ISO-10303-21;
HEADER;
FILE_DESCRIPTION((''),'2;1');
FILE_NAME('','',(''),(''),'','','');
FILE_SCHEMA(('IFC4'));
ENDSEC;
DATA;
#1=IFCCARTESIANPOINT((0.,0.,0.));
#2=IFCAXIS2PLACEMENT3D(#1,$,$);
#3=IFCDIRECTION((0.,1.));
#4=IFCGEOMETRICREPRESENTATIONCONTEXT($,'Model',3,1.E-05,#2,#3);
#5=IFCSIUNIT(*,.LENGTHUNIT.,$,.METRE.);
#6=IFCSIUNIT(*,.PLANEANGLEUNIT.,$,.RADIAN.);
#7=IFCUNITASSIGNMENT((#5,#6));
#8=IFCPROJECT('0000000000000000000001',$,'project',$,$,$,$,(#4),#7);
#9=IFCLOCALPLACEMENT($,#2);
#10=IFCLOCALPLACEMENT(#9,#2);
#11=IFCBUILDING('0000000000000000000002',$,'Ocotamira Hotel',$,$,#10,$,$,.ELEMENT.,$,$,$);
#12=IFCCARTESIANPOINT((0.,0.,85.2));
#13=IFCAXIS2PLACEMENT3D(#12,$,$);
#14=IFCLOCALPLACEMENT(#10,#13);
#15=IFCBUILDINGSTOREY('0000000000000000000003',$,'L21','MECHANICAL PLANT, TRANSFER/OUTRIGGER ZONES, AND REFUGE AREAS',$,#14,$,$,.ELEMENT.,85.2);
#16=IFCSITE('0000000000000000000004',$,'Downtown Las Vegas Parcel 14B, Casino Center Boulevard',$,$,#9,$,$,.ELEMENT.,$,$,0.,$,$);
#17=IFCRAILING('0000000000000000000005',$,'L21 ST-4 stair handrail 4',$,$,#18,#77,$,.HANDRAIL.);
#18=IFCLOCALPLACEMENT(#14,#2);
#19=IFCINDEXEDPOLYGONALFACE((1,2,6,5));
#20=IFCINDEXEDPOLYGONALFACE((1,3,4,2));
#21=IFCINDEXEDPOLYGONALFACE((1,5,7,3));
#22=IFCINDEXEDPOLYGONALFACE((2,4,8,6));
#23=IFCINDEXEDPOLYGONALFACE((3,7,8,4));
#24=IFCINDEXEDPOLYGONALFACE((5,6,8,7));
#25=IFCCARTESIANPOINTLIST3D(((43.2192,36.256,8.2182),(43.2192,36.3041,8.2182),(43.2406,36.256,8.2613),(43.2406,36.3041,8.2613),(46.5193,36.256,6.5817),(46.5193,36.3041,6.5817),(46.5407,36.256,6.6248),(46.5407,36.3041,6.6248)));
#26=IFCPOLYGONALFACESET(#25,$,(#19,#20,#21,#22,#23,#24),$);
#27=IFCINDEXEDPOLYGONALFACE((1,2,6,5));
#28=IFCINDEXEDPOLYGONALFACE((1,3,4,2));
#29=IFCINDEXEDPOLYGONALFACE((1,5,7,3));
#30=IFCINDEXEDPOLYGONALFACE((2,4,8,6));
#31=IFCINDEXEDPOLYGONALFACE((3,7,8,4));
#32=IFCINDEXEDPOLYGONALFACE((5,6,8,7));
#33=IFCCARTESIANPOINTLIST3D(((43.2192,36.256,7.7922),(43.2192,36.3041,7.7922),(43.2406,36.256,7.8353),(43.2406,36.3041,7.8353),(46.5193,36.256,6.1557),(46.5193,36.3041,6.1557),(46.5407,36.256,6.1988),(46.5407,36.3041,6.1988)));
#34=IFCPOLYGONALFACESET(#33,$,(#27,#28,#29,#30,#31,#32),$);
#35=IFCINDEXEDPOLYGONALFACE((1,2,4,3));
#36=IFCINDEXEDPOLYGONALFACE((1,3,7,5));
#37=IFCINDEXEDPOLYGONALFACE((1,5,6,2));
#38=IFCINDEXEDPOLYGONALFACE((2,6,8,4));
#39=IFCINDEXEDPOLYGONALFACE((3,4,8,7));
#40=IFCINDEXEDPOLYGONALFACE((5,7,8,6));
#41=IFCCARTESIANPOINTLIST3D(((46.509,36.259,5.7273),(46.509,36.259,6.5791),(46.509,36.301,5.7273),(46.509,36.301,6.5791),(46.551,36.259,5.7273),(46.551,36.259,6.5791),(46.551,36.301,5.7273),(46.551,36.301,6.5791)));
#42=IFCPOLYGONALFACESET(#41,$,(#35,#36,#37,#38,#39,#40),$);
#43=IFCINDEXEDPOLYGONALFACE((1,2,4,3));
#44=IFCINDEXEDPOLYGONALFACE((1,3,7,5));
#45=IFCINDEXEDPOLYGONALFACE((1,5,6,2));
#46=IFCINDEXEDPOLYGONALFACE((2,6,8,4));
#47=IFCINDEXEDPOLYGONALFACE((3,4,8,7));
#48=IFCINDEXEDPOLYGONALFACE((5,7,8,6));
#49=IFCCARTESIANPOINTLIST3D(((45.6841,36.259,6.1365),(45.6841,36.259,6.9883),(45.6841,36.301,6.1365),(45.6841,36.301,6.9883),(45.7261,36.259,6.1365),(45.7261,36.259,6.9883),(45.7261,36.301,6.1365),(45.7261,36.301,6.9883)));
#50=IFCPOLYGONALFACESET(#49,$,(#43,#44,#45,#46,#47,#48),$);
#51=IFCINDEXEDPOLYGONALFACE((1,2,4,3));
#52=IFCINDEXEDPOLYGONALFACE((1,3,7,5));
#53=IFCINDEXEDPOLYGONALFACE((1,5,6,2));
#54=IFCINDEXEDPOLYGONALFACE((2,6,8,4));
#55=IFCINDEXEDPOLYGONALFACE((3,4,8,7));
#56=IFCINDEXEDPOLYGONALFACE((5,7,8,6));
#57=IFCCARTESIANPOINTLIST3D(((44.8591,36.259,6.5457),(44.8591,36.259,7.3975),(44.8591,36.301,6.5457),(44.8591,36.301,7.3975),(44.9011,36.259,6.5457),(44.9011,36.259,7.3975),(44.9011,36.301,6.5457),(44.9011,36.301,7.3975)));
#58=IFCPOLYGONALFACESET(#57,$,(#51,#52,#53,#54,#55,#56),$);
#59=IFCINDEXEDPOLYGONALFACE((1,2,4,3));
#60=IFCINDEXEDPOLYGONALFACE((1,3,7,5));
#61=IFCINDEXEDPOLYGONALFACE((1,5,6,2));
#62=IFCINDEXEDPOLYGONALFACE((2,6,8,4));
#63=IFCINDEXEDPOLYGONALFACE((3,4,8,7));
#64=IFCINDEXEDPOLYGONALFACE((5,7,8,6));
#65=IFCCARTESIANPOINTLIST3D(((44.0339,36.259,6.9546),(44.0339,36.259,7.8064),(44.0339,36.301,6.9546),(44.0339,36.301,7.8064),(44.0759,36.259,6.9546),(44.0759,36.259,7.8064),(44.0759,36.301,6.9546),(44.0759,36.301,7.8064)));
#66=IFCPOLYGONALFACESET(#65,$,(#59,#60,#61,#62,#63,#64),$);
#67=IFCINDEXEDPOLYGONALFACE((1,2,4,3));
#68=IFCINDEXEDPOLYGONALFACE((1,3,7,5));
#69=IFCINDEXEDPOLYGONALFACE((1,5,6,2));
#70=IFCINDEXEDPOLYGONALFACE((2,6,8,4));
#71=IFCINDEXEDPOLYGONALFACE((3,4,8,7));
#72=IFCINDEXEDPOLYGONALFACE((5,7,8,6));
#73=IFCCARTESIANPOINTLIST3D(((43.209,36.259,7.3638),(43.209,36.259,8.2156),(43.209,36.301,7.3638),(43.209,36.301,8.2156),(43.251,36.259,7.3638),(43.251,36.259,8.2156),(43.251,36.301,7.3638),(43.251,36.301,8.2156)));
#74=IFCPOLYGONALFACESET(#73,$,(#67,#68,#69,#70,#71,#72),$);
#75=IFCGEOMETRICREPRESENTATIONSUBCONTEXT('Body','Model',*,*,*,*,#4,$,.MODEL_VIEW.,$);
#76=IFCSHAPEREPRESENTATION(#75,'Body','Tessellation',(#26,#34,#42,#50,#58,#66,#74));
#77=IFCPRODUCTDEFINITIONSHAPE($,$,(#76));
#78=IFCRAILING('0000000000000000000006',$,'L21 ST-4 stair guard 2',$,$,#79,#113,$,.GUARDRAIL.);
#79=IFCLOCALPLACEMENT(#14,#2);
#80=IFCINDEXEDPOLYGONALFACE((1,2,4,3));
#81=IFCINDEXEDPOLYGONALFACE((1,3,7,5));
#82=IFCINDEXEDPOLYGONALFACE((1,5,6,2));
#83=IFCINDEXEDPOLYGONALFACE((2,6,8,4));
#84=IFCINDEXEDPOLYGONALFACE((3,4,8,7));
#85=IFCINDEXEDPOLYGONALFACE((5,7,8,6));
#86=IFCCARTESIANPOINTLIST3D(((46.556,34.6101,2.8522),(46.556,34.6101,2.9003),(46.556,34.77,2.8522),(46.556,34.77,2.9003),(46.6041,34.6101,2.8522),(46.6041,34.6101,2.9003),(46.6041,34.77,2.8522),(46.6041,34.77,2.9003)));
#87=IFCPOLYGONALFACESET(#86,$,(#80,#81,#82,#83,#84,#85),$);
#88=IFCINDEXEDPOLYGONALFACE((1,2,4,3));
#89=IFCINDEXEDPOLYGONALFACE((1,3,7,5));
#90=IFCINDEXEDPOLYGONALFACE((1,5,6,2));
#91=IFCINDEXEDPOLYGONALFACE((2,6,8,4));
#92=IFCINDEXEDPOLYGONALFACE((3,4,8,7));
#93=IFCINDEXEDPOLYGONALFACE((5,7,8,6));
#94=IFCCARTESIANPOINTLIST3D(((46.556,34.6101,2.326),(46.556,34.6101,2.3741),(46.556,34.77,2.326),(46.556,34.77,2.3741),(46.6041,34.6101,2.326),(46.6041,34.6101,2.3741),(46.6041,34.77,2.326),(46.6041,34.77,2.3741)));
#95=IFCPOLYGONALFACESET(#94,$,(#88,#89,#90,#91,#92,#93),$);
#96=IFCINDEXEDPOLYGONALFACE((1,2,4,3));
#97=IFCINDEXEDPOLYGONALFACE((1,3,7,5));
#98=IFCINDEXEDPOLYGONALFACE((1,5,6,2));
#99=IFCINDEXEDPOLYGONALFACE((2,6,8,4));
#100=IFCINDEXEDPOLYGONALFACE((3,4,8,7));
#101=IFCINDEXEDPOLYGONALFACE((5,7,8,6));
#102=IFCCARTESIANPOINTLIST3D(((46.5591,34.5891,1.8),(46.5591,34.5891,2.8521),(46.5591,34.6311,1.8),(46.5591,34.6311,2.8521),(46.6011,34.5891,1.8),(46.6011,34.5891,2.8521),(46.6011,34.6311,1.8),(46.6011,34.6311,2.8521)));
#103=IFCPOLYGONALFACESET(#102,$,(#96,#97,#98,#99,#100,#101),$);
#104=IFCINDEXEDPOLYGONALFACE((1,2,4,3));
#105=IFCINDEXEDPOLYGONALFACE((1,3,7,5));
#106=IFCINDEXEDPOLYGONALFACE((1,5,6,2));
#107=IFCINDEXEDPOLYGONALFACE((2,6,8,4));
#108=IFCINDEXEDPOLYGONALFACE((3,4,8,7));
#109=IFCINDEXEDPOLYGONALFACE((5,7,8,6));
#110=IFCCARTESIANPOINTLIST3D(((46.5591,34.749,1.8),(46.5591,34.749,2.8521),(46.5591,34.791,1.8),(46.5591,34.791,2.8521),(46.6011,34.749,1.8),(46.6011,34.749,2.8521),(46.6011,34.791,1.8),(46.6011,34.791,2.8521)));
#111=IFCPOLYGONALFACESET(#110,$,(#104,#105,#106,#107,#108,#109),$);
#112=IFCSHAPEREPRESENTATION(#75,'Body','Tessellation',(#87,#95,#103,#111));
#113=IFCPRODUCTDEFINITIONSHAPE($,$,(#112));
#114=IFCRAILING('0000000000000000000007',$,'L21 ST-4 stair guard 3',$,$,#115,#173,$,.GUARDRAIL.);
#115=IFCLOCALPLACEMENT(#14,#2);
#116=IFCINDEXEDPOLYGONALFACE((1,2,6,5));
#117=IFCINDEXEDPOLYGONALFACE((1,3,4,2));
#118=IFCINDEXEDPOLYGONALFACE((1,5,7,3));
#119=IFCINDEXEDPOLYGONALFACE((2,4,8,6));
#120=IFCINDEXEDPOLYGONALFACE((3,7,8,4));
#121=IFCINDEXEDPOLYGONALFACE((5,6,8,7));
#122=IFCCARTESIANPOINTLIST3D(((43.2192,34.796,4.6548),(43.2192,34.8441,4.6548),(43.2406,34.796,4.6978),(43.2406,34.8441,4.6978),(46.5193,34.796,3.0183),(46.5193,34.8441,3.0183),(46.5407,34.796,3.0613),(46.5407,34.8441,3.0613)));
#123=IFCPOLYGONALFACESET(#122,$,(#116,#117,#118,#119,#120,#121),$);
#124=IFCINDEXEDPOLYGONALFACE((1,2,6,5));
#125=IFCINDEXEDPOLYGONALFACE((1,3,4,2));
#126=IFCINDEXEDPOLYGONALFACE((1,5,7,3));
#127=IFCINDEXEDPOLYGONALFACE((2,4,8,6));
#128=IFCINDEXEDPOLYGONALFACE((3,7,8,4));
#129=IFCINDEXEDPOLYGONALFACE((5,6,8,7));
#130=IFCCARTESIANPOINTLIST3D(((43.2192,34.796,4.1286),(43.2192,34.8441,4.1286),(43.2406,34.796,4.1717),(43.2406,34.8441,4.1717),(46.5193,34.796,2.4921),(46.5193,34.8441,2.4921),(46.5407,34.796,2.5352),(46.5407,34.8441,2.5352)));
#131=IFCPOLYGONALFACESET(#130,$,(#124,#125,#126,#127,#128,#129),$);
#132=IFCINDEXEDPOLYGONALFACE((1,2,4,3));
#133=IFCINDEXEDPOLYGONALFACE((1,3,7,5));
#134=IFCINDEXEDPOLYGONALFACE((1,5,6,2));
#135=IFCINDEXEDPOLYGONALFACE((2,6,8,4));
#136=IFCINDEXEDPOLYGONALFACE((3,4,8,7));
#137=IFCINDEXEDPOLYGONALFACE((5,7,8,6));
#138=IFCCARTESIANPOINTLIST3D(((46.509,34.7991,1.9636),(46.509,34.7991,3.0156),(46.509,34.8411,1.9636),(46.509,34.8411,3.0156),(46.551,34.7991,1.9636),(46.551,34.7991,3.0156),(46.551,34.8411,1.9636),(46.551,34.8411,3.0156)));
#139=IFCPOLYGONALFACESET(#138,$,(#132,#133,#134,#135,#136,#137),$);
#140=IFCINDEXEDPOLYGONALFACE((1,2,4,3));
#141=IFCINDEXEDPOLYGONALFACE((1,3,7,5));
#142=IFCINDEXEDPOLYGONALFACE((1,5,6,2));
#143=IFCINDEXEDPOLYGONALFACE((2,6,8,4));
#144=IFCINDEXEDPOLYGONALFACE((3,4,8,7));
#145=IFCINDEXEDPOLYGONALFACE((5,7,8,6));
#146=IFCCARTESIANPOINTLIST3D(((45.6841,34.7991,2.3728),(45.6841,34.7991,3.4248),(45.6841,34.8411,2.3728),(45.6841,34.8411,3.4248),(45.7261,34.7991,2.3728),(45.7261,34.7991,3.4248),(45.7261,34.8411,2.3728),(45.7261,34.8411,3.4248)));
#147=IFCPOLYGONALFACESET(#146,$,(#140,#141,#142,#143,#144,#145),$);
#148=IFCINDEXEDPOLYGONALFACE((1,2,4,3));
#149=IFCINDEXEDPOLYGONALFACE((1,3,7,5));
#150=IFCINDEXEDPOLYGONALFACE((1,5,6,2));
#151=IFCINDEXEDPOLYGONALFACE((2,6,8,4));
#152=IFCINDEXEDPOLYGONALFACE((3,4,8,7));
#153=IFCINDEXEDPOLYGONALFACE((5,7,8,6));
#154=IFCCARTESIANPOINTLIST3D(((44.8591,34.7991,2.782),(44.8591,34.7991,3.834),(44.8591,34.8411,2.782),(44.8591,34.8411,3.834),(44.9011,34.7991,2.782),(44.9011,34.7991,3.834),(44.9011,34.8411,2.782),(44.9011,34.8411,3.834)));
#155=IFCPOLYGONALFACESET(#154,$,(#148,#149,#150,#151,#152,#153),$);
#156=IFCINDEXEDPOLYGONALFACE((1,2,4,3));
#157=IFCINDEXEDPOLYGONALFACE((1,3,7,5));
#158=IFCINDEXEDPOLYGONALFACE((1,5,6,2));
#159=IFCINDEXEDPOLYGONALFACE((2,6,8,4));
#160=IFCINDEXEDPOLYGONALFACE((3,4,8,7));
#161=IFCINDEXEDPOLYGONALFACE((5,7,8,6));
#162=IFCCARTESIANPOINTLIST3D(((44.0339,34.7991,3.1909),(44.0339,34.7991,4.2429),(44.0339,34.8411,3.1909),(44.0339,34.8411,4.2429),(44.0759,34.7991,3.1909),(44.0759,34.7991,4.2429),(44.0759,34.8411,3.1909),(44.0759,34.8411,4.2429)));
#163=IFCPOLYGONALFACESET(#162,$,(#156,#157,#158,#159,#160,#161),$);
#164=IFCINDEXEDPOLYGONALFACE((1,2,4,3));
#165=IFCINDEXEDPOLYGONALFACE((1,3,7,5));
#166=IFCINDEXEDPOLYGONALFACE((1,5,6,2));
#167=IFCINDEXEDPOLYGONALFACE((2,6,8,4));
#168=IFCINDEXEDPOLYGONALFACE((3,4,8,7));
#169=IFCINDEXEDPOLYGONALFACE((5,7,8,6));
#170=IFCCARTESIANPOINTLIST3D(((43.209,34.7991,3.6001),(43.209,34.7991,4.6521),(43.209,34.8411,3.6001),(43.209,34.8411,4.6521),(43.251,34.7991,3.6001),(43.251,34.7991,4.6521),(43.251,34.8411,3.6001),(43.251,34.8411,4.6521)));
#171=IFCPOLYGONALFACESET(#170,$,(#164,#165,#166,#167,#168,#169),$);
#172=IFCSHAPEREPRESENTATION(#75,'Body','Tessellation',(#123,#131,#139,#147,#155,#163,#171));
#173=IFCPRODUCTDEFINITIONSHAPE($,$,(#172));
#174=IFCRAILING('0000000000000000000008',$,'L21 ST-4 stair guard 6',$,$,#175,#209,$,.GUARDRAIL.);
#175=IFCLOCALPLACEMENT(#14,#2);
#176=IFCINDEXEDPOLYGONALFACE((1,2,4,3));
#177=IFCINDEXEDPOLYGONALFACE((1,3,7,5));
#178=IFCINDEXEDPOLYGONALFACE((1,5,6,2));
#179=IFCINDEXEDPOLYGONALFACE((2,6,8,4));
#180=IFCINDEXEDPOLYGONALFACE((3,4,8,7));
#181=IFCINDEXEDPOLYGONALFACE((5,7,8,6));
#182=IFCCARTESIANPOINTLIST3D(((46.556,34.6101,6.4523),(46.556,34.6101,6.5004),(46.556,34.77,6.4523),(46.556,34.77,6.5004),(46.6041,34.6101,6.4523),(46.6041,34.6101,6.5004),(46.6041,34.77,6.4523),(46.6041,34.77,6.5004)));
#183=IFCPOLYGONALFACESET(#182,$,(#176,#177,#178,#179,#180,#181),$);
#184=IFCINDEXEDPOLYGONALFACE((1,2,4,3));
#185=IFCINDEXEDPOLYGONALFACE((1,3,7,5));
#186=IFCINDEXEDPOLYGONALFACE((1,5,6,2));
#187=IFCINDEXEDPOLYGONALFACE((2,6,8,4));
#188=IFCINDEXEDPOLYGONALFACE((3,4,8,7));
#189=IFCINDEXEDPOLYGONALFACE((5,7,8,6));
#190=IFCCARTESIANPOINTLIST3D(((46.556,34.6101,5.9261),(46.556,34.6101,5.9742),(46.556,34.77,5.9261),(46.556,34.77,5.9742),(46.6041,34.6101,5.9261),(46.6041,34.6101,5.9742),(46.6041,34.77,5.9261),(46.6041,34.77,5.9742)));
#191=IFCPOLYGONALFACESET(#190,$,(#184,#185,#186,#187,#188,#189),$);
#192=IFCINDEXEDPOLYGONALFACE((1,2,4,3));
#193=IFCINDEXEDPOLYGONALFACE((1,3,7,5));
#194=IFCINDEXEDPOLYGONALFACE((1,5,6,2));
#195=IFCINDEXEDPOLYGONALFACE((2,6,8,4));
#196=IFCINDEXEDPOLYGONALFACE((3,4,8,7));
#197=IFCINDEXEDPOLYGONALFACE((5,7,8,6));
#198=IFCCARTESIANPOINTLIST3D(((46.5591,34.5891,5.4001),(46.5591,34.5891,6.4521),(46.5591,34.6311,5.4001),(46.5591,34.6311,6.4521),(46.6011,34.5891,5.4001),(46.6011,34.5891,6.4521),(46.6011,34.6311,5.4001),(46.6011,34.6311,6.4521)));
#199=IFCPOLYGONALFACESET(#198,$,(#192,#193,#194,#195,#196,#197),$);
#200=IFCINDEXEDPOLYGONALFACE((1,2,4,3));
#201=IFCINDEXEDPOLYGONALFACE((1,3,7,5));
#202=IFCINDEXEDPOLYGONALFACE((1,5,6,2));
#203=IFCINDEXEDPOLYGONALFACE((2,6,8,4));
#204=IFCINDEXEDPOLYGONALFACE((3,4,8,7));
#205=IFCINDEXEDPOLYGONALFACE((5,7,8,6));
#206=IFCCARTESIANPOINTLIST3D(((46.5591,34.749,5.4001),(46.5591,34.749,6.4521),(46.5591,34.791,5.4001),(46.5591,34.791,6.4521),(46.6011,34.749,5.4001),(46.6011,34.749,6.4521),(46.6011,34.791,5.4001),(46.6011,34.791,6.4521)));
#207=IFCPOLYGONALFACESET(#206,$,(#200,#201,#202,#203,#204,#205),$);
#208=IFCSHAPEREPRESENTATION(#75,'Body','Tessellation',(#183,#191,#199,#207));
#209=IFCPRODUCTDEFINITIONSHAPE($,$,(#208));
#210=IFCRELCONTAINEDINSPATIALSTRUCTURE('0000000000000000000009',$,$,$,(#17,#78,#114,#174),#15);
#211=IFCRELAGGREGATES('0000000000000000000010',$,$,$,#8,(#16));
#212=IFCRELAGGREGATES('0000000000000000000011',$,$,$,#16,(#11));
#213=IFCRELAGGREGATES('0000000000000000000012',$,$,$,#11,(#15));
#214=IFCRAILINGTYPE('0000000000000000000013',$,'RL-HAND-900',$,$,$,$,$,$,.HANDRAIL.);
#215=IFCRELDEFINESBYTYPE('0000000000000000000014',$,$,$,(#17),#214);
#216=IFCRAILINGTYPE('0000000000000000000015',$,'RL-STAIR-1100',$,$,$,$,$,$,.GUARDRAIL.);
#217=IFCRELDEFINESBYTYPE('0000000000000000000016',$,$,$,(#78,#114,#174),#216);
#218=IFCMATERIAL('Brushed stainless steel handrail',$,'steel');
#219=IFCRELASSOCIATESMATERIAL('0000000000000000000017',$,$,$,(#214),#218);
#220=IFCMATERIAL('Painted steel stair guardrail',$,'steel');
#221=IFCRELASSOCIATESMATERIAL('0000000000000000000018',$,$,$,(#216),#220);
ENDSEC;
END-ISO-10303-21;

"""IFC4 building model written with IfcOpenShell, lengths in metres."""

from ifc_helpers import new_model, si_unit, direction, frame, origin, origin_2d, place, context, subcontext, project, spatial, rectangle, extrude, material, type_object, element, save


model = new_model("IFC4")

# Units and contexts
model_context = context("Model", 3, precision=1e-05, world=origin(), true_north=direction((0.0, 1.0)))
body_context = subcontext(model_context, "Body", "Model", "MODEL_VIEW")
ifc_project = project(units=[si_unit("LENGTHUNIT", "METRE"), si_unit("PLANEANGLEUNIT", "RADIAN")], contexts=[model_context])

# Site, building, storey
site_placement = place(None, origin())
site = spatial("IfcSite", under=ifc_project, at=site_placement, Name="Downtown Las Vegas Parcel 14B, Casino Center Boulevard", CompositionType="ELEMENT", RefElevation=0.0)
building_placement = place(site_placement, origin())
building = spatial("IfcBuilding", under=site, at=building_placement, Name="Ocotamira Hotel", CompositionType="ELEMENT")
storey_placement = place(building_placement, frame((0.0, 0.0, 85.2)))
storey = spatial("IfcBuildingStorey", under=building, at=storey_placement, Name="L21", Description="MECHANICAL PLANT, TRANSFER/OUTRIGGER ZONES, AND REFUGE AREAS", CompositionType="ELEMENT", Elevation=85.2)

# Railings
ifc_material_1 = material(Name="Brushed stainless steel handrail", Category="steel")
railing_type_1 = type_object("IfcRailingType", Name="RL-HAND-900", PredefinedType="HANDRAIL", material=ifc_material_1)
railing_1_placement = place(storey_placement, frame((46.53, 36.28, 5.7273)))
element("IfcRailing", 1, at=railing_1_placement, inside=storey, type_object=railing_type_1, Name="L21 ST-4 stair handrail 4", PredefinedType="HANDRAIL", context=body_context, shape_type="SweptSolid", body=[
    extrude(rectangle(XDim=0.0481, YDim=0.0481, at=origin_2d()), frame((0.0, 0.0, 0.876), z_axis=(-0.895894, 0.0, 0.444268), x_axis=(0.0, -1.0, 0.0)), (0.0, 0.0, 1.0), 3.6836),
    extrude(rectangle(XDim=0.0481, YDim=0.0481, at=origin_2d()), frame((0.0, 0.0, 0.45), z_axis=(-0.895894, 0.0, 0.444268), x_axis=(0.0, -1.0, 0.0)), (0.0, 0.0, 1.0), 3.6836),
    extrude(rectangle(XDim=0.042, YDim=0.042, at=origin_2d()), origin(), (0.0, 0.0, 1.0), 0.8518),
    extrude(rectangle(XDim=0.042, YDim=0.042, at=origin_2d()), frame((-0.825, 0.0, 0.4092)), (0.0, 0.0, 1.0), 0.8518),
    extrude(rectangle(XDim=0.042, YDim=0.042, at=origin_2d()), frame((-1.6499, 0.0, 0.8184)), (0.0, 0.0, 1.0), 0.8518),
    extrude(rectangle(XDim=0.042, YDim=0.042, at=origin_2d()), frame((-2.4751, 0.0, 1.2273)), (0.0, 0.0, 1.0), 0.8518),
    extrude(rectangle(XDim=0.042, YDim=0.042, at=origin_2d()), frame((-3.3, 0.0, 1.6365)), (0.0, 0.0, 1.0), 0.8518),
])
ifc_material_2 = material(Name="Painted steel stair guardrail", Category="steel")
railing_type_2 = type_object("IfcRailingType", Name="RL-STAIR-1100", PredefinedType="GUARDRAIL", material=ifc_material_2)
railing_2_placement = place(storey_placement, frame((46.5801, 34.6101, 1.8)))
element("IfcRailing", 2, at=railing_2_placement, inside=storey, type_object=railing_type_2, Name="L21 ST-4 stair guard 2", PredefinedType="GUARDRAIL", context=body_context, shape_type="SweptSolid", body=[
    extrude(rectangle(XDim=0.0481, YDim=0.0481, at=origin_2d()), frame((0.0, 0.0, 1.0762), z_axis=(0.0, 1.0, 0.0), x_axis=(-1.0, 0.0, 0.0)), (0.0, 0.0, 1.0), 0.1599),
    extrude(rectangle(XDim=0.0481, YDim=0.0481, at=origin_2d()), frame((0.0, 0.0, 0.55), z_axis=(0.0, 1.0, 0.0), x_axis=(-1.0, 0.0, 0.0)), (0.0, 0.0, 1.0), 0.1599),
    extrude(rectangle(XDim=0.042, YDim=0.042, at=origin_2d()), origin(), (0.0, 0.0, 1.0), 1.052),
    extrude(rectangle(XDim=0.042, YDim=0.042, at=origin_2d()), frame((0.0, 0.1599, 0.0)), (0.0, 0.0, 1.0), 1.052),
])
railing_3_placement = place(storey_placement, frame((46.53, 34.8201, 1.9636)))
element("IfcRailing", 3, at=railing_3_placement, inside=storey, type_object=railing_type_2, Name="L21 ST-4 stair guard 3", PredefinedType="GUARDRAIL", context=body_context, shape_type="SweptSolid", body=[
    extrude(rectangle(XDim=0.0481, YDim=0.0481, at=origin_2d()), frame((0.0, 0.0, 1.0762), z_axis=(-0.895894, 0.0, 0.444268), x_axis=(0.0, -1.0, 0.0)), (0.0, 0.0, 1.0), 3.6836),
    extrude(rectangle(XDim=0.0481, YDim=0.0481, at=origin_2d()), frame((0.0, 0.0, 0.55), z_axis=(-0.895894, 0.0, 0.444268), x_axis=(0.0, -1.0, 0.0)), (0.0, 0.0, 1.0), 3.6836),
    extrude(rectangle(XDim=0.042, YDim=0.042, at=origin_2d()), origin(), (0.0, 0.0, 1.0), 1.052),
    extrude(rectangle(XDim=0.042, YDim=0.042, at=origin_2d()), frame((-0.825, 0.0, 0.4092)), (0.0, 0.0, 1.0), 1.052),
    extrude(rectangle(XDim=0.042, YDim=0.042, at=origin_2d()), frame((-1.6499, 0.0, 0.8184)), (0.0, 0.0, 1.0), 1.052),
    extrude(rectangle(XDim=0.042, YDim=0.042, at=origin_2d()), frame((-2.4751, 0.0, 1.2273)), (0.0, 0.0, 1.0), 1.052),
    extrude(rectangle(XDim=0.042, YDim=0.042, at=origin_2d()), frame((-3.3, 0.0, 1.6365)), (0.0, 0.0, 1.0), 1.052),
])
railing_4_placement = place(storey_placement, frame((46.5801, 34.6101, 5.4001)))
element("IfcRailing", 4, at=railing_4_placement, inside=storey, type_object=railing_type_2, Name="L21 ST-4 stair guard 6", PredefinedType="GUARDRAIL", context=body_context, shape_type="SweptSolid", body=[
    extrude(rectangle(XDim=0.0481, YDim=0.0481, at=origin_2d()), frame((0.0, 0.0, 1.0762), z_axis=(0.0, 1.0, 0.0), x_axis=(-1.0, 0.0, 0.0)), (0.0, 0.0, 1.0), 0.1599),
    extrude(rectangle(XDim=0.0481, YDim=0.0481, at=origin_2d()), frame((0.0, 0.0, 0.55), z_axis=(0.0, 1.0, 0.0), x_axis=(-1.0, 0.0, 0.0)), (0.0, 0.0, 1.0), 0.1599),
    extrude(rectangle(XDim=0.042, YDim=0.042, at=origin_2d()), origin(), (0.0, 0.0, 1.0), 1.052),
    extrude(rectangle(XDim=0.042, YDim=0.042, at=origin_2d()), frame((0.0, 0.1599, 0.0)), (0.0, 0.0, 1.0), 1.052),
])

save(model, "model.ifc")
